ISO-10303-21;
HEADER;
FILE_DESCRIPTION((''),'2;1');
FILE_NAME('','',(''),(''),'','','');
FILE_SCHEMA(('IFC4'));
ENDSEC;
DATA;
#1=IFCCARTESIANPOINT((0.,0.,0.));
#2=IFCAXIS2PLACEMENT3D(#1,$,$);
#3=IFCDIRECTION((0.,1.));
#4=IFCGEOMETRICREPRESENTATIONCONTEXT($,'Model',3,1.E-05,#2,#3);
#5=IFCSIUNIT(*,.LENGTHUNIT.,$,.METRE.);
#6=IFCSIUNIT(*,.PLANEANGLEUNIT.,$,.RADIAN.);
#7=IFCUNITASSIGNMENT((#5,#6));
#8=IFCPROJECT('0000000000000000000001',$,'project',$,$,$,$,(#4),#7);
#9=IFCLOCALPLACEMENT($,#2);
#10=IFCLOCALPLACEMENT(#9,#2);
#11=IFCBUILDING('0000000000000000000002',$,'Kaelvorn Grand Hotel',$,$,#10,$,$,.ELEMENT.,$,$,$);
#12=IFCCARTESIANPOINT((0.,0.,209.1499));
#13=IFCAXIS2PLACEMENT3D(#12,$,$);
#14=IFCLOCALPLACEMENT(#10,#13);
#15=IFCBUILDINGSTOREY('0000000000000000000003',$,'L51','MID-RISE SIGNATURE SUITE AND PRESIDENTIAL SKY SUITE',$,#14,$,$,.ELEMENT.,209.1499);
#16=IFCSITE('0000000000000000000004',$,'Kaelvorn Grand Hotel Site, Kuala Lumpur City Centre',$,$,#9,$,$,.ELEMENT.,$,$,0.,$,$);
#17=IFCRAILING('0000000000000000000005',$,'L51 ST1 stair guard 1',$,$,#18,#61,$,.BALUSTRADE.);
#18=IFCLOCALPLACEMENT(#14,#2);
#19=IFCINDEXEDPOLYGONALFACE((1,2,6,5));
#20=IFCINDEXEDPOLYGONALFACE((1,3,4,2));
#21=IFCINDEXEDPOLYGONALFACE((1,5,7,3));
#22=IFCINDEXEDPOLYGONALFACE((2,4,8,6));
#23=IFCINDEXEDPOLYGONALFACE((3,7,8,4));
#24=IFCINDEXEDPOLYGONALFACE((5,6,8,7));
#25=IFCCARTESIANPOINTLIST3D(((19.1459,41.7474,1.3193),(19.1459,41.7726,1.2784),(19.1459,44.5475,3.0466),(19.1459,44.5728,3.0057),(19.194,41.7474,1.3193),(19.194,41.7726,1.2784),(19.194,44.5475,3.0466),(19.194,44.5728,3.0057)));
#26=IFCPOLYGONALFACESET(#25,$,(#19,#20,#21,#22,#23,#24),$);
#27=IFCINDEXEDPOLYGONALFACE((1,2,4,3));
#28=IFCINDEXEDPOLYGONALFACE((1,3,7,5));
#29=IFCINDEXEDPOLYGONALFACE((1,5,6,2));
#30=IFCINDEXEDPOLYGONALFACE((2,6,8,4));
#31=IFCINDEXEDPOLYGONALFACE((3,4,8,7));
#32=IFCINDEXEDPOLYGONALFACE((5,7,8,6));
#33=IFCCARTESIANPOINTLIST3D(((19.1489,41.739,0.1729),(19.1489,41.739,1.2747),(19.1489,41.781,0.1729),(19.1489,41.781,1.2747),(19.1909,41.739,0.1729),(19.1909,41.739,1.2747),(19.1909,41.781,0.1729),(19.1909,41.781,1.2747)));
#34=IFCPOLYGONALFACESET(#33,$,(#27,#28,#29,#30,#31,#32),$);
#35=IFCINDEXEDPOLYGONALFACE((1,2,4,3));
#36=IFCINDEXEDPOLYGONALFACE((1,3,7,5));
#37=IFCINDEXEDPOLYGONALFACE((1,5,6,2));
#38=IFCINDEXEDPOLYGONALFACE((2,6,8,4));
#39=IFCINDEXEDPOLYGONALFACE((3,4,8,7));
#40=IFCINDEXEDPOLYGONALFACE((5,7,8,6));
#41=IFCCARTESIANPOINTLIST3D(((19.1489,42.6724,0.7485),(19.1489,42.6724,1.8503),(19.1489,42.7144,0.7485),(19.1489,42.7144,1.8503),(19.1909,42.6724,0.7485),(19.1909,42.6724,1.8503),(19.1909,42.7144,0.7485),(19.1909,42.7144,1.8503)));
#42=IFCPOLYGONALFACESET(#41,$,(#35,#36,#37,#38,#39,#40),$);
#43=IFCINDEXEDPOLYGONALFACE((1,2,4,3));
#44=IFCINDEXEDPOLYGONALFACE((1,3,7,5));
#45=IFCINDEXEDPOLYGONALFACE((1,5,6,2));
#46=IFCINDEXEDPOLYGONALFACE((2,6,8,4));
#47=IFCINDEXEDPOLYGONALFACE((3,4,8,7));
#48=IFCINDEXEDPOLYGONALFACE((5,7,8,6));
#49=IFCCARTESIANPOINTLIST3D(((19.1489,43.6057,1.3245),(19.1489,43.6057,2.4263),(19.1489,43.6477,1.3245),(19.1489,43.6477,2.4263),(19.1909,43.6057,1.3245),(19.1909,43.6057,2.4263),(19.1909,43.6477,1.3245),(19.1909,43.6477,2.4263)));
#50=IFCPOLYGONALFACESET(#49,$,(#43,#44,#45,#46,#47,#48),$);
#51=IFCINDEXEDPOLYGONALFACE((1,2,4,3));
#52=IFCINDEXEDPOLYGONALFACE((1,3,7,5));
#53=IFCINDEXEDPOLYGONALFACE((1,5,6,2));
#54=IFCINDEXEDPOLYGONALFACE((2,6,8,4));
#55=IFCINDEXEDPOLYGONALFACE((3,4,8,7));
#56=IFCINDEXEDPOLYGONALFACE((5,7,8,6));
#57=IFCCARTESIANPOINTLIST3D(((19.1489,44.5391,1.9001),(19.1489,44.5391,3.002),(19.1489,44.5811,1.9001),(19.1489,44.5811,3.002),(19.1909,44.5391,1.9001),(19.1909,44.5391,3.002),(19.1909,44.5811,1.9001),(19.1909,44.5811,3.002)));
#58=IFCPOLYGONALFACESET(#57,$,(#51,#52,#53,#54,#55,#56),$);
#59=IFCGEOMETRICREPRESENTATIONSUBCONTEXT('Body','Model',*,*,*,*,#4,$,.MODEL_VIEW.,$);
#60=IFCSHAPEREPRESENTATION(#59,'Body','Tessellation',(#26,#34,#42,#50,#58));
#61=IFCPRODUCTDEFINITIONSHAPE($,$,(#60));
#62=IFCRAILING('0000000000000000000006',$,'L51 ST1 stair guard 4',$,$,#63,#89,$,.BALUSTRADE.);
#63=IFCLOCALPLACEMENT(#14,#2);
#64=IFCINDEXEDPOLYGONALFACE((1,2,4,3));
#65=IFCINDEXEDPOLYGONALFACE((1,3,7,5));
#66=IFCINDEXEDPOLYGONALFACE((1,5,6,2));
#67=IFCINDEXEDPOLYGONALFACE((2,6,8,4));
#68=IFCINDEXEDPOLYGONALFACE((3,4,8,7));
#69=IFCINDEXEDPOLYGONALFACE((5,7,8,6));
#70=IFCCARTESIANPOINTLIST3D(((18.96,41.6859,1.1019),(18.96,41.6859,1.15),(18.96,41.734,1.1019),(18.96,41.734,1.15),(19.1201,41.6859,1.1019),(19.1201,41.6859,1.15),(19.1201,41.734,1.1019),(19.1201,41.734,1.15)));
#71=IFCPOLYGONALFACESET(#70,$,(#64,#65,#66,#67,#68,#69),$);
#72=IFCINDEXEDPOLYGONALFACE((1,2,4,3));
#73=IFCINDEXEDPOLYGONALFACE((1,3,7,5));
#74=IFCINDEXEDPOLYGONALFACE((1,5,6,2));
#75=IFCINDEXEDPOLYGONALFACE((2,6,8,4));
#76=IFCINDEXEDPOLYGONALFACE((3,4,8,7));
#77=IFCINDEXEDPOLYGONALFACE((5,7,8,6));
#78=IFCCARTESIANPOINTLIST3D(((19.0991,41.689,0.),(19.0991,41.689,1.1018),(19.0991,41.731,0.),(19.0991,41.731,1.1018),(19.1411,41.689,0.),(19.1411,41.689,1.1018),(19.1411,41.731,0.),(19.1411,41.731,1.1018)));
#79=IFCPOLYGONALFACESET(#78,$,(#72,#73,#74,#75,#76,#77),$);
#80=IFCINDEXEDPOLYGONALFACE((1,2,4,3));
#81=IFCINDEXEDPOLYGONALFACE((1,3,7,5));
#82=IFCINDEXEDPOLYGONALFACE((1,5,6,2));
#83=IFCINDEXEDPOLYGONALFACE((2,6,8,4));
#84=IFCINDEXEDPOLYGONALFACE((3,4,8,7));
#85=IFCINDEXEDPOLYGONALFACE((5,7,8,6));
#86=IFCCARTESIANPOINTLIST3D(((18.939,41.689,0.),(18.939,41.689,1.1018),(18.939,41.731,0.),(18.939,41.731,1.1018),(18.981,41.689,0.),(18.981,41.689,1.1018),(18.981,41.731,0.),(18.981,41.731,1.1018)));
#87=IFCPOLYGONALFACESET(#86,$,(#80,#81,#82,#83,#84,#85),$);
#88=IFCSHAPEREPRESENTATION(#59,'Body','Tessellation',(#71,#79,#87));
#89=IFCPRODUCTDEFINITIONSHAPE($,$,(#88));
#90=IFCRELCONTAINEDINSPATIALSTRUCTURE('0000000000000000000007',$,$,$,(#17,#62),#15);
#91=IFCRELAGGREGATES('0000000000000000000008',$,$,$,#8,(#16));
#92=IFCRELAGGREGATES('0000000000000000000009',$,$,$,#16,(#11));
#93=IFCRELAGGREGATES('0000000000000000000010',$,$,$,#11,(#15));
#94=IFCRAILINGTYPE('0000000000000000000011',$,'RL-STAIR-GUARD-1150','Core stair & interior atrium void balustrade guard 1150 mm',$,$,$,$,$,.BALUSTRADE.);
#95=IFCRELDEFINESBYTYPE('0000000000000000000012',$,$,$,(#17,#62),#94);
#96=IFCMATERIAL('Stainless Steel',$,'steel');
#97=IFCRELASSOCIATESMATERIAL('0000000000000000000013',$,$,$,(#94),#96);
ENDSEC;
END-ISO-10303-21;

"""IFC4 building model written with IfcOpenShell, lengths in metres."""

from ifc_helpers import new_model, si_unit, direction, frame, origin, origin_2d, place, context, subcontext, project, spatial, rectangle, extrude, material, type_object, element, save


model = new_model("IFC4")

# Units and contexts
model_context = context("Model", 3, precision=1e-05, world=origin(), true_north=direction((0.0, 1.0)))
body_context = subcontext(model_context, "Body", "Model", "MODEL_VIEW")
ifc_project = project(units=[si_unit("LENGTHUNIT", "METRE"), si_unit("PLANEANGLEUNIT", "RADIAN")], contexts=[model_context])

# Site, building, storey
site_placement = place(None, origin())
site = spatial("IfcSite", under=ifc_project, at=site_placement, Name="Kaelvorn Grand Hotel Site, Kuala Lumpur City Centre", CompositionType="ELEMENT", RefElevation=0.0)
building_placement = place(site_placement, origin())
building = spatial("IfcBuilding", under=site, at=building_placement, Name="Kaelvorn Grand Hotel", CompositionType="ELEMENT")
storey_placement = place(building_placement, frame((0.0, 0.0, 209.1499)))
storey = spatial("IfcBuildingStorey", under=building, at=storey_placement, Name="L51", Description="MID-RISE SIGNATURE SUITE AND PRESIDENTIAL SKY SUITE", CompositionType="ELEMENT", Elevation=209.1499)

# Shared definitions
ifc_material_1 = material(Name="Stainless Steel", Category="steel")

# Railings
railing_type = type_object("IfcRailingType", Name="RL-STAIR-GUARD-1150", Description="Core stair & interior atrium void balustrade guard 1150 mm", PredefinedType="BALUSTRADE", material=ifc_material_1)
railing_1_placement = place(storey_placement, frame((19.1699, 41.76, 0.1729)))
element("IfcRailing", 1, at=railing_1_placement, inside=storey, type_object=railing_type, Name="L51 ST1 stair guard 1", PredefinedType="BALUSTRADE", context=body_context, shape_type="SweptSolid", body=[
    extrude(rectangle(XDim=0.0481, YDim=0.0481, at=origin_2d()), frame((0.0, 0.0, 1.126), z_axis=(0.0, 0.85109, 0.52502), x_axis=(-1.0, 0.0, 0.0)), (0.0, 0.0, 1.0), 3.29),
    extrude(rectangle(XDim=0.042, YDim=0.042, at=origin_2d()), origin(), (0.0, 0.0, 1.0), 1.1018),
    extrude(rectangle(XDim=0.042, YDim=0.042, at=origin_2d()), frame((0.0, 0.9333, 0.5757)), (0.0, 0.0, 1.0), 1.1018),
    extrude(rectangle(XDim=0.042, YDim=0.042, at=origin_2d()), frame((0.0, 1.8667, 1.1516)), (0.0, 0.0, 1.0), 1.1018),
    extrude(rectangle(XDim=0.042, YDim=0.042, at=origin_2d()), frame((0.0, 2.8, 1.7273)), (0.0, 0.0, 1.0), 1.1018),
])
railing_2_placement = place(storey_placement, frame((19.1201, 41.71, 0.0)))
element("IfcRailing", 2, at=railing_2_placement, inside=storey, type_object=railing_type, Name="L51 ST1 stair guard 4", PredefinedType="BALUSTRADE", context=body_context, shape_type="SweptSolid", body=[
    extrude(rectangle(XDim=0.0481, YDim=0.0481, at=origin_2d()), frame((0.0, 0.0, 1.126), z_axis=(-1.0, 0.0, 0.0), x_axis=(0.0, -1.0, 0.0)), (0.0, 0.0, 1.0), 0.1602),
    extrude(rectangle(XDim=0.042, YDim=0.042, at=origin_2d()), origin(), (0.0, 0.0, 1.0), 1.1018),
    extrude(rectangle(XDim=0.042, YDim=0.042, at=origin_2d()), frame((-0.1602, 0.0, 0.0)), (0.0, 0.0, 1.0), 1.1018),
])

save(model, "model.ifc")
